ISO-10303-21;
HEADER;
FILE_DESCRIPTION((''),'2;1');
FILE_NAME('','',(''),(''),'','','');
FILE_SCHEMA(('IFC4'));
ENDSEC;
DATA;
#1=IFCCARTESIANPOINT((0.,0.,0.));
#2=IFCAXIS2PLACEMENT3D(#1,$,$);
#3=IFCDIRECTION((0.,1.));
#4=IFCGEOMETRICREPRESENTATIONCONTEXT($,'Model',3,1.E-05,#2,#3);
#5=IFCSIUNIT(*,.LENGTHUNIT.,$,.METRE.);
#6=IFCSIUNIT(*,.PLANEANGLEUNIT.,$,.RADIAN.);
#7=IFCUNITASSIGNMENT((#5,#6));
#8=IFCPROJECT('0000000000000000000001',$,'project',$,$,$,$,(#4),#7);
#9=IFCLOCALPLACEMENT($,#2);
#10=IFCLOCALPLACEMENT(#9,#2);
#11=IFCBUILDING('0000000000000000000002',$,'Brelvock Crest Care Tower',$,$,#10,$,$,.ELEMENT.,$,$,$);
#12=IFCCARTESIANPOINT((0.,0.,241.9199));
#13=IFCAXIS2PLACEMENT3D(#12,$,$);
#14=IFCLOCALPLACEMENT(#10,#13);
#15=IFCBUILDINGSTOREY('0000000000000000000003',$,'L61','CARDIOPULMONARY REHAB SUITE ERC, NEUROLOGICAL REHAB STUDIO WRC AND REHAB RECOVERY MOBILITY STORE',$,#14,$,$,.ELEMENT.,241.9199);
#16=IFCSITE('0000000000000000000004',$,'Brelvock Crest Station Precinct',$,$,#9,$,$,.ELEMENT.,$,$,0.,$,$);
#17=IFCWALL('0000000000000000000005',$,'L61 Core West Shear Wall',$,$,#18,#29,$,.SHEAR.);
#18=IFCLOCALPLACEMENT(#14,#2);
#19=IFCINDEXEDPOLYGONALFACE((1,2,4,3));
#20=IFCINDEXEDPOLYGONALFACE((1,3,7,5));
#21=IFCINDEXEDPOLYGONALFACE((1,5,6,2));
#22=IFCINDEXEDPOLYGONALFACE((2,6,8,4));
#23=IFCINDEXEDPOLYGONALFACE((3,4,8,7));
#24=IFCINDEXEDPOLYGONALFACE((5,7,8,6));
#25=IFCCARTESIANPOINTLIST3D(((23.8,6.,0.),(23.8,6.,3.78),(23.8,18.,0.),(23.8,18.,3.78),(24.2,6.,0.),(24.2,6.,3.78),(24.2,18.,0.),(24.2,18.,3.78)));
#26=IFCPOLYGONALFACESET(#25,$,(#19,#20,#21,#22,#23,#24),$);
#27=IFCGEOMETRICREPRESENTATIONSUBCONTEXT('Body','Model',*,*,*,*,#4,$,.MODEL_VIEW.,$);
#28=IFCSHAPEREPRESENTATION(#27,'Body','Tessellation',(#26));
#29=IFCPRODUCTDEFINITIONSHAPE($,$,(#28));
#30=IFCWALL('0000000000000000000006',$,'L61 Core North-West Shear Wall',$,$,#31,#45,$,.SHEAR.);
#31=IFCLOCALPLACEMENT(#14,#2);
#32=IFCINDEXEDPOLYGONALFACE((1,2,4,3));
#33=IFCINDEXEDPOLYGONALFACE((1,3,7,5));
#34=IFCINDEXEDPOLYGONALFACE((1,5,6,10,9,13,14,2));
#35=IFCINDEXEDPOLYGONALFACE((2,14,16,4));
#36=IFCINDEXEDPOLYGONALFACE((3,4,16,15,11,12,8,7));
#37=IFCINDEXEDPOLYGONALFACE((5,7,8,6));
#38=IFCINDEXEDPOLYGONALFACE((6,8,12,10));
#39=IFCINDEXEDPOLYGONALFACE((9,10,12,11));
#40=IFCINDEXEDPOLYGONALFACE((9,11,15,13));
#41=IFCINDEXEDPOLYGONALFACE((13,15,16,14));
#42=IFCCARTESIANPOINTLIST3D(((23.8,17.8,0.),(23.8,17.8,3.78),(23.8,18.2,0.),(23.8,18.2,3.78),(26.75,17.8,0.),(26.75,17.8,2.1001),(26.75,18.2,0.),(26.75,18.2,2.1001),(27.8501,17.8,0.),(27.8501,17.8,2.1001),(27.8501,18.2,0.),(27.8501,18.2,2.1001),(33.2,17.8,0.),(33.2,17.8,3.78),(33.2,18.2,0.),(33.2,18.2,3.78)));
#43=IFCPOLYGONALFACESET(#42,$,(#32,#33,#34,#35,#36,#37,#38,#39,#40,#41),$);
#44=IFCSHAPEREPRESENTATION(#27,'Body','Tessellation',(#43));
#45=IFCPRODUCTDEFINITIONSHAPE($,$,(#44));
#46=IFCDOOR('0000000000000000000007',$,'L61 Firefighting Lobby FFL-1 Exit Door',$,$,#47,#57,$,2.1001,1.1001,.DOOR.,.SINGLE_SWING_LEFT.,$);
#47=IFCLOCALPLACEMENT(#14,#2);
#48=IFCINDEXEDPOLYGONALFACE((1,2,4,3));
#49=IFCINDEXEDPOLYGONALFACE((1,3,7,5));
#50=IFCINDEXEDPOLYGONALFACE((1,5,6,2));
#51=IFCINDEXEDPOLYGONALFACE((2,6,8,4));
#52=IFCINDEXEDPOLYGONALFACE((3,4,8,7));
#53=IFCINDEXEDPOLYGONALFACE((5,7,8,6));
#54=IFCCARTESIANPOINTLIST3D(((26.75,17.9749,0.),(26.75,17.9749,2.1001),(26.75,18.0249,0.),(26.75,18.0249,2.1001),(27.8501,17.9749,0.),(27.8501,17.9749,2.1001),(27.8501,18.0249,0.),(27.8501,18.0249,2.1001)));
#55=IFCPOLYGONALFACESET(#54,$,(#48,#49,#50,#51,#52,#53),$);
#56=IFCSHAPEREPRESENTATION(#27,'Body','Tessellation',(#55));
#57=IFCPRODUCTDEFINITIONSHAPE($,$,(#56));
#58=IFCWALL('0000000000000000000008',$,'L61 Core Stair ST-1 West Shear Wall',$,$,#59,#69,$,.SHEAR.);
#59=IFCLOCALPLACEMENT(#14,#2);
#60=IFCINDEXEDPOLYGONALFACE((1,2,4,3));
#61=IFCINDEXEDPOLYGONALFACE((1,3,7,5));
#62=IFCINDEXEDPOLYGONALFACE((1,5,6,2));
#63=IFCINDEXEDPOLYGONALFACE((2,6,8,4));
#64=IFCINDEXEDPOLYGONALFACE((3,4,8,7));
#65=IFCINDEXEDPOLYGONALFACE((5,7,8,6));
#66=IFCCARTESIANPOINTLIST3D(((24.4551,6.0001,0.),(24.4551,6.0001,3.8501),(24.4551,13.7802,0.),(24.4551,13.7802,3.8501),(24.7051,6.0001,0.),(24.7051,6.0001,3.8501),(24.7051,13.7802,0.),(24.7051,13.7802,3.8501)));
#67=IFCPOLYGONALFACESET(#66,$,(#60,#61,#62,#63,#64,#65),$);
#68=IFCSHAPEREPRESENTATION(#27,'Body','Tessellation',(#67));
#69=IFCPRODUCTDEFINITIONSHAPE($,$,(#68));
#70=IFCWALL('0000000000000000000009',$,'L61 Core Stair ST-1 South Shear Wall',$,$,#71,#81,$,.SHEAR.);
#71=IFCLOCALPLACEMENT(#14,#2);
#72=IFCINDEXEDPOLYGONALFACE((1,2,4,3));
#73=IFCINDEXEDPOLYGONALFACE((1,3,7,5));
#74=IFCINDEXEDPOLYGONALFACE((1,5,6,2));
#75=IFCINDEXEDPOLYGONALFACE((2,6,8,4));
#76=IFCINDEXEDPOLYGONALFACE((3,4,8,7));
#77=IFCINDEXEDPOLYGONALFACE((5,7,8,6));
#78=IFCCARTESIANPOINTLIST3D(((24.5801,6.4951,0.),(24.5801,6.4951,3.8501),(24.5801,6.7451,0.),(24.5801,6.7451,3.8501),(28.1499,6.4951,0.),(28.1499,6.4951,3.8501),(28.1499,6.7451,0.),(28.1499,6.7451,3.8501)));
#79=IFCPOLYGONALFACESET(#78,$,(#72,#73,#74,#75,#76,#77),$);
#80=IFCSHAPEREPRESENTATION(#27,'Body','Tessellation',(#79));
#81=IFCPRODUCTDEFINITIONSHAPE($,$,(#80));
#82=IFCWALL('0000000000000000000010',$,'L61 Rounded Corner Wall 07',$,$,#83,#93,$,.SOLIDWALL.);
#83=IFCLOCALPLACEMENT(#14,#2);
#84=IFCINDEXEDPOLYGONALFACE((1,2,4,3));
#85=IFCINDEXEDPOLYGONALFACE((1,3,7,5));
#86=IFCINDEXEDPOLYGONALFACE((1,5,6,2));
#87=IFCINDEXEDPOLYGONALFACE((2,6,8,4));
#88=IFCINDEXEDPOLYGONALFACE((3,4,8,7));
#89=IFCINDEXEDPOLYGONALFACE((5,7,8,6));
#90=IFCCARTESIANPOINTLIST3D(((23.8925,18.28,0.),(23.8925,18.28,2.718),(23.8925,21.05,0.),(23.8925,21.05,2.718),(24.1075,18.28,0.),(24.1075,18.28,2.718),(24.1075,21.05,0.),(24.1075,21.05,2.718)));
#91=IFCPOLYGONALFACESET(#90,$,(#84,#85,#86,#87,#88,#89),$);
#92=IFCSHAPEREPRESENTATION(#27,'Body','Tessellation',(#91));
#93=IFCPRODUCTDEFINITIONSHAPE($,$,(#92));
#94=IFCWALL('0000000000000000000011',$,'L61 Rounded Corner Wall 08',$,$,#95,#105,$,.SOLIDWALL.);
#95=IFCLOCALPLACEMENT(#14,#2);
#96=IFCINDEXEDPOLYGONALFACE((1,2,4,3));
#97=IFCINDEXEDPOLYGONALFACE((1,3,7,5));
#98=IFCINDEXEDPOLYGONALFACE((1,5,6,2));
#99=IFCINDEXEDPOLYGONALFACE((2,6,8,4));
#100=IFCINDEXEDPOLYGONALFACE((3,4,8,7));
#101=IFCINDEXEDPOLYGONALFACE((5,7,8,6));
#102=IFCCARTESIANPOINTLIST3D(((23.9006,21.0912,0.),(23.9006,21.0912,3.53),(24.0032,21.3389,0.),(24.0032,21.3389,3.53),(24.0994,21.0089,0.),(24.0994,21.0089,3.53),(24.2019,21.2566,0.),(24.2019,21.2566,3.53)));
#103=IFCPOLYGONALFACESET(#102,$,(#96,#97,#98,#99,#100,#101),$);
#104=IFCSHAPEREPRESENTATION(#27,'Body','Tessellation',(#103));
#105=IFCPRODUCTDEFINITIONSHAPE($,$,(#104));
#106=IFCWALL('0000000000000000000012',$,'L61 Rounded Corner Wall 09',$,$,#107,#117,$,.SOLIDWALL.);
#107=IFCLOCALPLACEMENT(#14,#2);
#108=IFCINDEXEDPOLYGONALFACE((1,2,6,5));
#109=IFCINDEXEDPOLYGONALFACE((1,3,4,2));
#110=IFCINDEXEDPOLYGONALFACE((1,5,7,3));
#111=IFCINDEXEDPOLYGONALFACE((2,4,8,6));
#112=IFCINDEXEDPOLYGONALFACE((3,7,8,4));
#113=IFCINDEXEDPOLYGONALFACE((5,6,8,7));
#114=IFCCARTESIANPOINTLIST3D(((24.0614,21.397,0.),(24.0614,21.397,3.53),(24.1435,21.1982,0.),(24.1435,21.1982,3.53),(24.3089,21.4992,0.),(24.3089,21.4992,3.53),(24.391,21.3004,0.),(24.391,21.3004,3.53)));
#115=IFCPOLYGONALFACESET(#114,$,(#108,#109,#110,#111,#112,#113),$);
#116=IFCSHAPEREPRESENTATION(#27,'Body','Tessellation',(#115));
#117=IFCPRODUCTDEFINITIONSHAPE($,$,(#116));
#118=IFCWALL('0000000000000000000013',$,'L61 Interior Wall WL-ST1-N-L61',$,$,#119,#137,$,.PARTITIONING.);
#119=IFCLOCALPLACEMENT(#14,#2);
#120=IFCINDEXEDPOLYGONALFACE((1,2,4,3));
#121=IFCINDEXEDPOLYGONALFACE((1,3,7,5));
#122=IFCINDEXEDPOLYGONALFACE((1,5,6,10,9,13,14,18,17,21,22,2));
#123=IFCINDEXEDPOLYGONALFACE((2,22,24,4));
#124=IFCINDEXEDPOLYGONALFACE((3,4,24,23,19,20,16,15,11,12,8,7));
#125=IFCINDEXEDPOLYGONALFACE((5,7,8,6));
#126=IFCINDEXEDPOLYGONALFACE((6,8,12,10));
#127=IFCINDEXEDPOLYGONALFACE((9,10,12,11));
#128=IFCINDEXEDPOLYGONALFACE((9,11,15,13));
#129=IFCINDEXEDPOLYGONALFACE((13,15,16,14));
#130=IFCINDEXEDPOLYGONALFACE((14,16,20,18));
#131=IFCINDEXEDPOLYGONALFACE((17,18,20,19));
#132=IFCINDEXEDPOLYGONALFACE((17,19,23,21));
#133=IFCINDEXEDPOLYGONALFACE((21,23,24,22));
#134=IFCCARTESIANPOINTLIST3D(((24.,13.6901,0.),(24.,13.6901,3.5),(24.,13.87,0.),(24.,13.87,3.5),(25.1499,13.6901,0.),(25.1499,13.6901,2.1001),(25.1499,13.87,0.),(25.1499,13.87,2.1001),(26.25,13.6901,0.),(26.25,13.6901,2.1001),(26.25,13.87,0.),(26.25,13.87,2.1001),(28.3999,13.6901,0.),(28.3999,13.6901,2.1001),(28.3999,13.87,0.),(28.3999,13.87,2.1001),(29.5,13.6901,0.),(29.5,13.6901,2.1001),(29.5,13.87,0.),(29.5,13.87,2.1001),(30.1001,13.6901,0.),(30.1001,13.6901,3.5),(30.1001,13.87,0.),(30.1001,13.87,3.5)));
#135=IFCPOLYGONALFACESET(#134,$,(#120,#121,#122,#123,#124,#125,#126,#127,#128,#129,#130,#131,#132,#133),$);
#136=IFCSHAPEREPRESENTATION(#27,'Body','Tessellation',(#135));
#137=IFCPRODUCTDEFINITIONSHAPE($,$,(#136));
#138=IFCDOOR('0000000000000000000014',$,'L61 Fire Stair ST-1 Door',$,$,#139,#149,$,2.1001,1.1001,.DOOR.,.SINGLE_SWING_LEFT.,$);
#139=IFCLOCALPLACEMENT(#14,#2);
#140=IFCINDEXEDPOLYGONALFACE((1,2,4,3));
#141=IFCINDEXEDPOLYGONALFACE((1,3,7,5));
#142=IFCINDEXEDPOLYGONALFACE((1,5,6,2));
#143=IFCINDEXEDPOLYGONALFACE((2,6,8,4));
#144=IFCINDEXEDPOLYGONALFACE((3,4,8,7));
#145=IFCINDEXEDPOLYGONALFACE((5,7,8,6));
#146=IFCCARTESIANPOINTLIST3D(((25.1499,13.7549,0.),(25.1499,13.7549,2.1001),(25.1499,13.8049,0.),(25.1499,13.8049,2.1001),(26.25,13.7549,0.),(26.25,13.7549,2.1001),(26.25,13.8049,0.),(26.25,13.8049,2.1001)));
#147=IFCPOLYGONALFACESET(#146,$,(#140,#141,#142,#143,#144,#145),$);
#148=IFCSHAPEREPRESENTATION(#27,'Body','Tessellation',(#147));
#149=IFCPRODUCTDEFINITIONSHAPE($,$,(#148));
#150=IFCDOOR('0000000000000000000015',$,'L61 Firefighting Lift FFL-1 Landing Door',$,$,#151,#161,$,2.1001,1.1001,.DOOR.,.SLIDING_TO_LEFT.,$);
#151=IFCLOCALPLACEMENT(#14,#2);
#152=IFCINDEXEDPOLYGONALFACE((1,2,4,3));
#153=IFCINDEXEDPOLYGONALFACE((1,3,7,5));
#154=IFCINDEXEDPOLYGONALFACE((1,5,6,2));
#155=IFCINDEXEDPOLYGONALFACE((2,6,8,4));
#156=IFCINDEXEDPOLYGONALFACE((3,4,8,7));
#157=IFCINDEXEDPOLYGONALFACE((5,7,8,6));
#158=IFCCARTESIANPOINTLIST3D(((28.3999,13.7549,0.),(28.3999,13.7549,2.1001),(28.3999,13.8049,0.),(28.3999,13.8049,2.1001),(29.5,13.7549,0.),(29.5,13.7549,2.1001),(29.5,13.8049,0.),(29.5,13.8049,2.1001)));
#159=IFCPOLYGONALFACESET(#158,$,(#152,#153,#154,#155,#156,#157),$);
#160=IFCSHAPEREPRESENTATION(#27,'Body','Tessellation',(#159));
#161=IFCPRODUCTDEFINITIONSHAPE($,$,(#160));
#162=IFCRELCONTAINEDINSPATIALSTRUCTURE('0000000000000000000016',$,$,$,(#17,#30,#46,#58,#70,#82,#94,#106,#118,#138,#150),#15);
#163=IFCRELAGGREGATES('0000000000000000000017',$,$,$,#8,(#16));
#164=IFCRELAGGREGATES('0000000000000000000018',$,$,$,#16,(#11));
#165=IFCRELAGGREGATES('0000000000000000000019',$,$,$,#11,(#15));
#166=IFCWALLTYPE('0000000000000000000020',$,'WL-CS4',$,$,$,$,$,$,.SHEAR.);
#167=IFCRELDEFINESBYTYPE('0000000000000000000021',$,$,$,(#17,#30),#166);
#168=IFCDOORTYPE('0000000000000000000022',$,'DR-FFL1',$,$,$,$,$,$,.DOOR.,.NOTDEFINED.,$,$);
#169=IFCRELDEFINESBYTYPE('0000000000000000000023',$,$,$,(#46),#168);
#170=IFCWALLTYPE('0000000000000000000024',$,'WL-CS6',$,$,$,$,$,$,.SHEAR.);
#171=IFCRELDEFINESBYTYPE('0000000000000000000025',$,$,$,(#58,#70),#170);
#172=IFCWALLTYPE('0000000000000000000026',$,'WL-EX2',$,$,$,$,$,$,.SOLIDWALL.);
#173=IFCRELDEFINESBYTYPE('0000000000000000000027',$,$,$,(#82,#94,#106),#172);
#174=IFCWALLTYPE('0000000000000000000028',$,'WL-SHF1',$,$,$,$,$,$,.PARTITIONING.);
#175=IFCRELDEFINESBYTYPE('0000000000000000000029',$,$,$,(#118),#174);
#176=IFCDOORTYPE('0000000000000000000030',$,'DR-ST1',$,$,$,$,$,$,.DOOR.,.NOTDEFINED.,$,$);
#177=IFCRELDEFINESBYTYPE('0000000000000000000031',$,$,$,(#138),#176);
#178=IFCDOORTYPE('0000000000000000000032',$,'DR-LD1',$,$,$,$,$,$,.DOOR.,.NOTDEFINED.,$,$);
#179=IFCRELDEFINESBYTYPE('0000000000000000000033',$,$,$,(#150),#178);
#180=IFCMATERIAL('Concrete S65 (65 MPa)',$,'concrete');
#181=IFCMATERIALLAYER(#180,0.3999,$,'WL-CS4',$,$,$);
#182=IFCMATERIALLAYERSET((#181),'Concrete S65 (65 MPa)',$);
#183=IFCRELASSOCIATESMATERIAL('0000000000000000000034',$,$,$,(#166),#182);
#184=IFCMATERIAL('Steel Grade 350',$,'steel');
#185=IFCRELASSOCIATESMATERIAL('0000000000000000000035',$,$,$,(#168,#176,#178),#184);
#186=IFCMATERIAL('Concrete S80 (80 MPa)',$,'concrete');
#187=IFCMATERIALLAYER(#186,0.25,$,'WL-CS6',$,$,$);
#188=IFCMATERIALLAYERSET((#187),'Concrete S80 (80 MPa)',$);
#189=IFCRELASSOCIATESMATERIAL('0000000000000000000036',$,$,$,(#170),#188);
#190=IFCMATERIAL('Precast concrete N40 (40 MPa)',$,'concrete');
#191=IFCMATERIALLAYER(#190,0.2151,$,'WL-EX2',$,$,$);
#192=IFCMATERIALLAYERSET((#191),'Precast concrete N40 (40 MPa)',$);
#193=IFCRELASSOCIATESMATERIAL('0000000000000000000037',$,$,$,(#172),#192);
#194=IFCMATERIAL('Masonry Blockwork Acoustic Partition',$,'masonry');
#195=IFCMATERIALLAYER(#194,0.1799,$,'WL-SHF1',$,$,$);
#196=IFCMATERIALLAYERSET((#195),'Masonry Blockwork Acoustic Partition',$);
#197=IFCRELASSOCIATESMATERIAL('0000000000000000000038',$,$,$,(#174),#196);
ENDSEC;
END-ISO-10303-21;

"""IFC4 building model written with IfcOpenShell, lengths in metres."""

from ifc_helpers import new_model, si_unit, direction, frame, frame_2d, origin, origin_2d, place, context, subcontext, project, spatial, rectangle, extrude, source, transform, mapped, material, layer, layer_set, type_object, element, fill, save


model = new_model("IFC4")

# Units and contexts
model_context = context("Model", 3, precision=1e-05, world=origin(), true_north=direction((0.0, 1.0)))
body_context = subcontext(model_context, "Body", "Model", "MODEL_VIEW")
ifc_project = project(units=[si_unit("LENGTHUNIT", "METRE"), si_unit("PLANEANGLEUNIT", "RADIAN")], contexts=[model_context])

# Site, building, storey
site_placement = place(None, origin())
site = spatial("IfcSite", under=ifc_project, at=site_placement, Name="Brelvock Crest Station Precinct", CompositionType="ELEMENT", RefElevation=0.0)
building_placement = place(site_placement, origin())
building = spatial("IfcBuilding", under=site, at=building_placement, Name="Brelvock Crest Care Tower", CompositionType="ELEMENT")
storey_placement = place(building_placement, frame((0.0, 0.0, 241.9199)))
storey = spatial("IfcBuildingStorey", under=building, at=storey_placement, Name="L61", Description="CARDIOPULMONARY REHAB SUITE ERC, NEUROLOGICAL REHAB STUDIO WRC AND REHAB RECOVERY MOBILITY STORE", CompositionType="ELEMENT", Elevation=241.9199)

# Shared definitions
ifc_material_1 = material(Name="Concrete S65 (65 MPa)", Category="concrete")

# Shared definitions
ifc_material_2 = material(Name="Steel Grade 350", Category="steel")

# Wall
ifc_layer_1 = layer(ifc_material_1, 0.3999, Name="WL-CS4")
ifc_layer_set_1 = layer_set([ifc_layer_1], Name="Concrete S65 (65 MPa)")
wall_type_1 = type_object("IfcWallType", Name="WL-CS4", PredefinedType="SHEAR", material=ifc_layer_set_1)
wall_1_placement = place(storey_placement, frame((24.0, 6.0, 0.0), z_axis=(0.0, 0.0, 1.0), x_axis=(0.0, 1.0, 0.0)))
element("IfcWall", 1, at=wall_1_placement, inside=storey, type_object=wall_type_1, Name="L61 Core West Shear Wall", PredefinedType="SHEAR", context=body_context, shape_type="SweptSolid", body=[
    extrude(rectangle(XDim=12.0, YDim=0.3999, at=frame_2d((6.0, 0.0))), origin(), (0.0, 0.0, 1.0), 3.78),
])

# Wall, opening, door
wall_2_placement = place(storey_placement, frame((23.8, 18.0, 0.0), z_axis=(0.0, 0.0, 1.0), x_axis=(1.0, 0.0, 0.0)))
wall_2 = element("IfcWall", 2, at=wall_2_placement, inside=storey, type_object=wall_type_1, Name="L61 Core North-West Shear Wall", PredefinedType="SHEAR", context=body_context, shape_type="SweptSolid", body=[
    extrude(rectangle(XDim=9.3999, YDim=0.3999, at=frame_2d((4.7, 0.0))), origin(), (0.0, 0.0, 1.0), 3.78),
])
opening_1_placement = place(wall_2_placement, frame((2.95, 0.0, 0.0)))
opening_1 = element("IfcOpeningElement", 3, at=opening_1_placement, cuts=wall_2, PredefinedType="OPENING", context=body_context, shape_type="SweptSolid", body=[
    extrude(rectangle(XDim=1.1001, YDim=2.1001, at=origin_2d()), frame((0.55, 0.21, 1.05), z_axis=(0.0, -1.0, 0.0), x_axis=(1.0, 0.0, 0.0)), (0.0, 0.0, 1.0), 0.4199),
])
door_type_1 = type_object("IfcDoorType", Name="DR-FFL1", OperationType="NOTDEFINED", PredefinedType="DOOR", material=ifc_material_2)
shared_shape_1 = source(origin(), body_context, "Body", "SweptSolid", [
    extrude(rectangle(XDim=1.1001, YDim=2.1001, at=origin_2d()), frame((0.55, 0.0249, 1.05), z_axis=(0.0, -1.0, 0.0), x_axis=(1.0, 0.0, 0.0)), (0.0, 0.0, 1.0), 0.05),
])
door_1_placement = place(opening_1_placement, origin())
door_1 = element("IfcDoor", 4, at=door_1_placement, inside=storey, type_object=door_type_1, Name="L61 Firefighting Lobby FFL-1 Exit Door", OperationType="SINGLE_SWING_LEFT", OverallHeight=2.1001, OverallWidth=1.1001, PredefinedType="DOOR", context=body_context, shape_type="MappedRepresentation", body=[
    mapped(shared_shape_1, transform((0.0, 0.0, 0.0), x_axis=(1.0, 0.0, 0.0), y_axis=(0.0, 1.0, 0.0), z_axis=(0.0, 0.0, 1.0), scale=1.0)),
])
fill(opening_1, door_1)

# Walls
ifc_material_3 = material(Name="Concrete S80 (80 MPa)", Category="concrete")
ifc_layer_2 = layer(ifc_material_3, 0.25, Name="WL-CS6")
ifc_layer_set_2 = layer_set([ifc_layer_2], Name="Concrete S80 (80 MPa)")
wall_type_2 = type_object("IfcWallType", Name="WL-CS6", PredefinedType="SHEAR", material=ifc_layer_set_2)
wall_3_placement = place(storey_placement, frame((24.5801, 6.0, 0.0), z_axis=(0.0, 0.0, 1.0), x_axis=(0.0, 1.0, 0.0)))
element("IfcWall", 5, at=wall_3_placement, inside=storey, type_object=wall_type_2, Name="L61 Core Stair ST-1 West Shear Wall", PredefinedType="SHEAR", context=body_context, shape_type="SweptSolid", body=[
    extrude(rectangle(XDim=7.78, YDim=0.25, at=frame_2d((3.8901, 0.0))), origin(), (0.0, 0.0, 1.0), 3.8501),
])
wall_4_placement = place(storey_placement, frame((24.5801, 6.6201, 0.0), z_axis=(0.0, 0.0, 1.0), x_axis=(1.0, 0.0, 0.0)))
element("IfcWall", 6, at=wall_4_placement, inside=storey, type_object=wall_type_2, Name="L61 Core Stair ST-1 South Shear Wall", PredefinedType="SHEAR", context=body_context, shape_type="SweptSolid", body=[
    extrude(rectangle(XDim=3.5698, YDim=0.25, at=frame_2d((1.7849, 0.0))), origin(), (0.0, 0.0, 1.0), 3.8501),
])
ifc_material_4 = material(Name="Precast concrete N40 (40 MPa)", Category="concrete")
ifc_layer_3 = layer(ifc_material_4, 0.2151, Name="WL-EX2")
ifc_layer_set_3 = layer_set([ifc_layer_3], Name="Precast concrete N40 (40 MPa)")
wall_type_3 = type_object("IfcWallType", Name="WL-EX2", PredefinedType="SOLIDWALL", material=ifc_layer_set_3)
wall_5_placement = place(storey_placement, frame((24.0, 18.28, 0.0), z_axis=(0.0, 0.0, 1.0), x_axis=(0.0, 1.0, 0.0)))
element("IfcWall", 7, at=wall_5_placement, inside=storey, type_object=wall_type_3, Name="L61 Rounded Corner Wall 07", PredefinedType="SOLIDWALL", context=body_context, shape_type="SweptSolid", body=[
    extrude(rectangle(XDim=2.77, YDim=0.2151, at=frame_2d((1.385, 0.0))), origin(), (0.0, 0.0, 1.0), 2.718),
])
wall_6_placement = place(storey_placement, frame((24.0, 21.05, 0.0), z_axis=(0.0, 0.0, 1.0), x_axis=(0.382674, 0.923884, 0.0)))
element("IfcWall", 8, at=wall_6_placement, inside=storey, type_object=wall_type_3, Name="L61 Rounded Corner Wall 08", PredefinedType="SOLIDWALL", context=body_context, shape_type="SweptSolid", body=[
    extrude(rectangle(XDim=0.2681, YDim=0.2151, at=frame_2d((0.134, 0.0))), origin(), (0.0, 0.0, 1.0), 3.53),
])
wall_7_placement = place(storey_placement, frame((24.1025, 21.2976, 0.0), z_axis=(0.0, 0.0, 1.0), x_axis=(0.924205, 0.381896, 0.0)))
element("IfcWall", 9, at=wall_7_placement, inside=storey, type_object=wall_type_3, Name="L61 Rounded Corner Wall 09", PredefinedType="SOLIDWALL", context=body_context, shape_type="SweptSolid", body=[
    extrude(rectangle(XDim=0.2678, YDim=0.2151, at=frame_2d((0.1338, 0.0))), origin(), (0.0, 0.0, 1.0), 3.53),
])

# Wall, openings, doors
ifc_material_5 = material(Name="Masonry Blockwork Acoustic Partition", Category="masonry")
ifc_layer_4 = layer(ifc_material_5, 0.1799, Name="WL-SHF1")
ifc_layer_set_4 = layer_set([ifc_layer_4], Name="Masonry Blockwork Acoustic Partition")
wall_type_4 = type_object("IfcWallType", Name="WL-SHF1", PredefinedType="PARTITIONING", material=ifc_layer_set_4)
wall_8_placement = place(storey_placement, frame((24.0, 13.78, 0.0), z_axis=(0.0, 0.0, 1.0), x_axis=(1.0, 0.0, 0.0)))
wall_8 = element("IfcWall", 10, at=wall_8_placement, inside=storey, type_object=wall_type_4, Name="L61 Interior Wall WL-ST1-N-L61", PredefinedType="PARTITIONING", context=body_context, shape_type="SweptSolid", body=[
    extrude(rectangle(XDim=6.1001, YDim=0.1799, at=frame_2d((3.05, 0.0))), origin(), (0.0, 0.0, 1.0), 3.5),
])
opening_2_placement = place(wall_8_placement, frame((1.1499, 0.0, 0.0)))
opening_2 = element("IfcOpeningElement", 11, at=opening_2_placement, cuts=wall_8, PredefinedType="OPENING", context=body_context, shape_type="SweptSolid", body=[
    extrude(rectangle(XDim=1.1001, YDim=2.1001, at=origin_2d()), frame((0.55, 0.1001, 1.05), z_axis=(0.0, -1.0, 0.0), x_axis=(1.0, 0.0, 0.0)), (0.0, 0.0, 1.0), 0.2),
])
opening_3_placement = place(wall_8_placement, frame((4.3999, 0.0, 0.0)))
opening_3 = element("IfcOpeningElement", 12, at=opening_3_placement, cuts=wall_8, PredefinedType="OPENING", context=body_context, shape_type="SweptSolid", body=[
    extrude(rectangle(XDim=1.1001, YDim=2.1001, at=origin_2d()), frame((0.55, 0.1001, 1.05), z_axis=(0.0, -1.0, 0.0), x_axis=(1.0, 0.0, 0.0)), (0.0, 0.0, 1.0), 0.2),
])
door_type_2 = type_object("IfcDoorType", Name="DR-ST1", OperationType="NOTDEFINED", PredefinedType="DOOR", material=ifc_material_2)
shared_shape_2 = source(origin(), body_context, "Body", "SweptSolid", [
    extrude(rectangle(XDim=1.1001, YDim=2.1001, at=origin_2d()), frame((0.55, 0.0249, 1.05), z_axis=(0.0, -1.0, 0.0), x_axis=(1.0, 0.0, 0.0)), (0.0, 0.0, 1.0), 0.05),
])
door_2_placement = place(opening_2_placement, origin())
door_2 = element("IfcDoor", 13, at=door_2_placement, inside=storey, type_object=door_type_2, Name="L61 Fire Stair ST-1 Door", OperationType="SINGLE_SWING_LEFT", OverallHeight=2.1001, OverallWidth=1.1001, PredefinedType="DOOR", context=body_context, shape_type="MappedRepresentation", body=[
    mapped(shared_shape_2, transform((0.0, 0.0, 0.0), x_axis=(1.0, 0.0, 0.0), y_axis=(0.0, 1.0, 0.0), z_axis=(0.0, 0.0, 1.0), scale=1.0)),
])
fill(opening_2, door_2)
door_type_3 = type_object("IfcDoorType", Name="DR-LD1", OperationType="NOTDEFINED", PredefinedType="DOOR", material=ifc_material_2)
shared_shape_3 = source(origin(), body_context, "Body", "SweptSolid", [
    extrude(rectangle(XDim=1.1001, YDim=2.1001, at=origin_2d()), frame((0.55, 0.0249, 1.05), z_axis=(0.0, -1.0, 0.0), x_axis=(1.0, 0.0, 0.0)), (0.0, 0.0, 1.0), 0.05),
])
door_3_placement = place(opening_3_placement, origin())
door_3 = element("IfcDoor", 14, at=door_3_placement, inside=storey, type_object=door_type_3, Name="L61 Firefighting Lift FFL-1 Landing Door", OperationType="SLIDING_TO_LEFT", OverallHeight=2.1001, OverallWidth=1.1001, PredefinedType="DOOR", context=body_context, shape_type="MappedRepresentation", body=[
    mapped(shared_shape_3, transform((0.0, 0.0, 0.0), x_axis=(1.0, 0.0, 0.0), y_axis=(0.0, 1.0, 0.0), z_axis=(0.0, 0.0, 1.0), scale=1.0)),
])
fill(opening_3, door_3)

save(model, "model.ifc")
